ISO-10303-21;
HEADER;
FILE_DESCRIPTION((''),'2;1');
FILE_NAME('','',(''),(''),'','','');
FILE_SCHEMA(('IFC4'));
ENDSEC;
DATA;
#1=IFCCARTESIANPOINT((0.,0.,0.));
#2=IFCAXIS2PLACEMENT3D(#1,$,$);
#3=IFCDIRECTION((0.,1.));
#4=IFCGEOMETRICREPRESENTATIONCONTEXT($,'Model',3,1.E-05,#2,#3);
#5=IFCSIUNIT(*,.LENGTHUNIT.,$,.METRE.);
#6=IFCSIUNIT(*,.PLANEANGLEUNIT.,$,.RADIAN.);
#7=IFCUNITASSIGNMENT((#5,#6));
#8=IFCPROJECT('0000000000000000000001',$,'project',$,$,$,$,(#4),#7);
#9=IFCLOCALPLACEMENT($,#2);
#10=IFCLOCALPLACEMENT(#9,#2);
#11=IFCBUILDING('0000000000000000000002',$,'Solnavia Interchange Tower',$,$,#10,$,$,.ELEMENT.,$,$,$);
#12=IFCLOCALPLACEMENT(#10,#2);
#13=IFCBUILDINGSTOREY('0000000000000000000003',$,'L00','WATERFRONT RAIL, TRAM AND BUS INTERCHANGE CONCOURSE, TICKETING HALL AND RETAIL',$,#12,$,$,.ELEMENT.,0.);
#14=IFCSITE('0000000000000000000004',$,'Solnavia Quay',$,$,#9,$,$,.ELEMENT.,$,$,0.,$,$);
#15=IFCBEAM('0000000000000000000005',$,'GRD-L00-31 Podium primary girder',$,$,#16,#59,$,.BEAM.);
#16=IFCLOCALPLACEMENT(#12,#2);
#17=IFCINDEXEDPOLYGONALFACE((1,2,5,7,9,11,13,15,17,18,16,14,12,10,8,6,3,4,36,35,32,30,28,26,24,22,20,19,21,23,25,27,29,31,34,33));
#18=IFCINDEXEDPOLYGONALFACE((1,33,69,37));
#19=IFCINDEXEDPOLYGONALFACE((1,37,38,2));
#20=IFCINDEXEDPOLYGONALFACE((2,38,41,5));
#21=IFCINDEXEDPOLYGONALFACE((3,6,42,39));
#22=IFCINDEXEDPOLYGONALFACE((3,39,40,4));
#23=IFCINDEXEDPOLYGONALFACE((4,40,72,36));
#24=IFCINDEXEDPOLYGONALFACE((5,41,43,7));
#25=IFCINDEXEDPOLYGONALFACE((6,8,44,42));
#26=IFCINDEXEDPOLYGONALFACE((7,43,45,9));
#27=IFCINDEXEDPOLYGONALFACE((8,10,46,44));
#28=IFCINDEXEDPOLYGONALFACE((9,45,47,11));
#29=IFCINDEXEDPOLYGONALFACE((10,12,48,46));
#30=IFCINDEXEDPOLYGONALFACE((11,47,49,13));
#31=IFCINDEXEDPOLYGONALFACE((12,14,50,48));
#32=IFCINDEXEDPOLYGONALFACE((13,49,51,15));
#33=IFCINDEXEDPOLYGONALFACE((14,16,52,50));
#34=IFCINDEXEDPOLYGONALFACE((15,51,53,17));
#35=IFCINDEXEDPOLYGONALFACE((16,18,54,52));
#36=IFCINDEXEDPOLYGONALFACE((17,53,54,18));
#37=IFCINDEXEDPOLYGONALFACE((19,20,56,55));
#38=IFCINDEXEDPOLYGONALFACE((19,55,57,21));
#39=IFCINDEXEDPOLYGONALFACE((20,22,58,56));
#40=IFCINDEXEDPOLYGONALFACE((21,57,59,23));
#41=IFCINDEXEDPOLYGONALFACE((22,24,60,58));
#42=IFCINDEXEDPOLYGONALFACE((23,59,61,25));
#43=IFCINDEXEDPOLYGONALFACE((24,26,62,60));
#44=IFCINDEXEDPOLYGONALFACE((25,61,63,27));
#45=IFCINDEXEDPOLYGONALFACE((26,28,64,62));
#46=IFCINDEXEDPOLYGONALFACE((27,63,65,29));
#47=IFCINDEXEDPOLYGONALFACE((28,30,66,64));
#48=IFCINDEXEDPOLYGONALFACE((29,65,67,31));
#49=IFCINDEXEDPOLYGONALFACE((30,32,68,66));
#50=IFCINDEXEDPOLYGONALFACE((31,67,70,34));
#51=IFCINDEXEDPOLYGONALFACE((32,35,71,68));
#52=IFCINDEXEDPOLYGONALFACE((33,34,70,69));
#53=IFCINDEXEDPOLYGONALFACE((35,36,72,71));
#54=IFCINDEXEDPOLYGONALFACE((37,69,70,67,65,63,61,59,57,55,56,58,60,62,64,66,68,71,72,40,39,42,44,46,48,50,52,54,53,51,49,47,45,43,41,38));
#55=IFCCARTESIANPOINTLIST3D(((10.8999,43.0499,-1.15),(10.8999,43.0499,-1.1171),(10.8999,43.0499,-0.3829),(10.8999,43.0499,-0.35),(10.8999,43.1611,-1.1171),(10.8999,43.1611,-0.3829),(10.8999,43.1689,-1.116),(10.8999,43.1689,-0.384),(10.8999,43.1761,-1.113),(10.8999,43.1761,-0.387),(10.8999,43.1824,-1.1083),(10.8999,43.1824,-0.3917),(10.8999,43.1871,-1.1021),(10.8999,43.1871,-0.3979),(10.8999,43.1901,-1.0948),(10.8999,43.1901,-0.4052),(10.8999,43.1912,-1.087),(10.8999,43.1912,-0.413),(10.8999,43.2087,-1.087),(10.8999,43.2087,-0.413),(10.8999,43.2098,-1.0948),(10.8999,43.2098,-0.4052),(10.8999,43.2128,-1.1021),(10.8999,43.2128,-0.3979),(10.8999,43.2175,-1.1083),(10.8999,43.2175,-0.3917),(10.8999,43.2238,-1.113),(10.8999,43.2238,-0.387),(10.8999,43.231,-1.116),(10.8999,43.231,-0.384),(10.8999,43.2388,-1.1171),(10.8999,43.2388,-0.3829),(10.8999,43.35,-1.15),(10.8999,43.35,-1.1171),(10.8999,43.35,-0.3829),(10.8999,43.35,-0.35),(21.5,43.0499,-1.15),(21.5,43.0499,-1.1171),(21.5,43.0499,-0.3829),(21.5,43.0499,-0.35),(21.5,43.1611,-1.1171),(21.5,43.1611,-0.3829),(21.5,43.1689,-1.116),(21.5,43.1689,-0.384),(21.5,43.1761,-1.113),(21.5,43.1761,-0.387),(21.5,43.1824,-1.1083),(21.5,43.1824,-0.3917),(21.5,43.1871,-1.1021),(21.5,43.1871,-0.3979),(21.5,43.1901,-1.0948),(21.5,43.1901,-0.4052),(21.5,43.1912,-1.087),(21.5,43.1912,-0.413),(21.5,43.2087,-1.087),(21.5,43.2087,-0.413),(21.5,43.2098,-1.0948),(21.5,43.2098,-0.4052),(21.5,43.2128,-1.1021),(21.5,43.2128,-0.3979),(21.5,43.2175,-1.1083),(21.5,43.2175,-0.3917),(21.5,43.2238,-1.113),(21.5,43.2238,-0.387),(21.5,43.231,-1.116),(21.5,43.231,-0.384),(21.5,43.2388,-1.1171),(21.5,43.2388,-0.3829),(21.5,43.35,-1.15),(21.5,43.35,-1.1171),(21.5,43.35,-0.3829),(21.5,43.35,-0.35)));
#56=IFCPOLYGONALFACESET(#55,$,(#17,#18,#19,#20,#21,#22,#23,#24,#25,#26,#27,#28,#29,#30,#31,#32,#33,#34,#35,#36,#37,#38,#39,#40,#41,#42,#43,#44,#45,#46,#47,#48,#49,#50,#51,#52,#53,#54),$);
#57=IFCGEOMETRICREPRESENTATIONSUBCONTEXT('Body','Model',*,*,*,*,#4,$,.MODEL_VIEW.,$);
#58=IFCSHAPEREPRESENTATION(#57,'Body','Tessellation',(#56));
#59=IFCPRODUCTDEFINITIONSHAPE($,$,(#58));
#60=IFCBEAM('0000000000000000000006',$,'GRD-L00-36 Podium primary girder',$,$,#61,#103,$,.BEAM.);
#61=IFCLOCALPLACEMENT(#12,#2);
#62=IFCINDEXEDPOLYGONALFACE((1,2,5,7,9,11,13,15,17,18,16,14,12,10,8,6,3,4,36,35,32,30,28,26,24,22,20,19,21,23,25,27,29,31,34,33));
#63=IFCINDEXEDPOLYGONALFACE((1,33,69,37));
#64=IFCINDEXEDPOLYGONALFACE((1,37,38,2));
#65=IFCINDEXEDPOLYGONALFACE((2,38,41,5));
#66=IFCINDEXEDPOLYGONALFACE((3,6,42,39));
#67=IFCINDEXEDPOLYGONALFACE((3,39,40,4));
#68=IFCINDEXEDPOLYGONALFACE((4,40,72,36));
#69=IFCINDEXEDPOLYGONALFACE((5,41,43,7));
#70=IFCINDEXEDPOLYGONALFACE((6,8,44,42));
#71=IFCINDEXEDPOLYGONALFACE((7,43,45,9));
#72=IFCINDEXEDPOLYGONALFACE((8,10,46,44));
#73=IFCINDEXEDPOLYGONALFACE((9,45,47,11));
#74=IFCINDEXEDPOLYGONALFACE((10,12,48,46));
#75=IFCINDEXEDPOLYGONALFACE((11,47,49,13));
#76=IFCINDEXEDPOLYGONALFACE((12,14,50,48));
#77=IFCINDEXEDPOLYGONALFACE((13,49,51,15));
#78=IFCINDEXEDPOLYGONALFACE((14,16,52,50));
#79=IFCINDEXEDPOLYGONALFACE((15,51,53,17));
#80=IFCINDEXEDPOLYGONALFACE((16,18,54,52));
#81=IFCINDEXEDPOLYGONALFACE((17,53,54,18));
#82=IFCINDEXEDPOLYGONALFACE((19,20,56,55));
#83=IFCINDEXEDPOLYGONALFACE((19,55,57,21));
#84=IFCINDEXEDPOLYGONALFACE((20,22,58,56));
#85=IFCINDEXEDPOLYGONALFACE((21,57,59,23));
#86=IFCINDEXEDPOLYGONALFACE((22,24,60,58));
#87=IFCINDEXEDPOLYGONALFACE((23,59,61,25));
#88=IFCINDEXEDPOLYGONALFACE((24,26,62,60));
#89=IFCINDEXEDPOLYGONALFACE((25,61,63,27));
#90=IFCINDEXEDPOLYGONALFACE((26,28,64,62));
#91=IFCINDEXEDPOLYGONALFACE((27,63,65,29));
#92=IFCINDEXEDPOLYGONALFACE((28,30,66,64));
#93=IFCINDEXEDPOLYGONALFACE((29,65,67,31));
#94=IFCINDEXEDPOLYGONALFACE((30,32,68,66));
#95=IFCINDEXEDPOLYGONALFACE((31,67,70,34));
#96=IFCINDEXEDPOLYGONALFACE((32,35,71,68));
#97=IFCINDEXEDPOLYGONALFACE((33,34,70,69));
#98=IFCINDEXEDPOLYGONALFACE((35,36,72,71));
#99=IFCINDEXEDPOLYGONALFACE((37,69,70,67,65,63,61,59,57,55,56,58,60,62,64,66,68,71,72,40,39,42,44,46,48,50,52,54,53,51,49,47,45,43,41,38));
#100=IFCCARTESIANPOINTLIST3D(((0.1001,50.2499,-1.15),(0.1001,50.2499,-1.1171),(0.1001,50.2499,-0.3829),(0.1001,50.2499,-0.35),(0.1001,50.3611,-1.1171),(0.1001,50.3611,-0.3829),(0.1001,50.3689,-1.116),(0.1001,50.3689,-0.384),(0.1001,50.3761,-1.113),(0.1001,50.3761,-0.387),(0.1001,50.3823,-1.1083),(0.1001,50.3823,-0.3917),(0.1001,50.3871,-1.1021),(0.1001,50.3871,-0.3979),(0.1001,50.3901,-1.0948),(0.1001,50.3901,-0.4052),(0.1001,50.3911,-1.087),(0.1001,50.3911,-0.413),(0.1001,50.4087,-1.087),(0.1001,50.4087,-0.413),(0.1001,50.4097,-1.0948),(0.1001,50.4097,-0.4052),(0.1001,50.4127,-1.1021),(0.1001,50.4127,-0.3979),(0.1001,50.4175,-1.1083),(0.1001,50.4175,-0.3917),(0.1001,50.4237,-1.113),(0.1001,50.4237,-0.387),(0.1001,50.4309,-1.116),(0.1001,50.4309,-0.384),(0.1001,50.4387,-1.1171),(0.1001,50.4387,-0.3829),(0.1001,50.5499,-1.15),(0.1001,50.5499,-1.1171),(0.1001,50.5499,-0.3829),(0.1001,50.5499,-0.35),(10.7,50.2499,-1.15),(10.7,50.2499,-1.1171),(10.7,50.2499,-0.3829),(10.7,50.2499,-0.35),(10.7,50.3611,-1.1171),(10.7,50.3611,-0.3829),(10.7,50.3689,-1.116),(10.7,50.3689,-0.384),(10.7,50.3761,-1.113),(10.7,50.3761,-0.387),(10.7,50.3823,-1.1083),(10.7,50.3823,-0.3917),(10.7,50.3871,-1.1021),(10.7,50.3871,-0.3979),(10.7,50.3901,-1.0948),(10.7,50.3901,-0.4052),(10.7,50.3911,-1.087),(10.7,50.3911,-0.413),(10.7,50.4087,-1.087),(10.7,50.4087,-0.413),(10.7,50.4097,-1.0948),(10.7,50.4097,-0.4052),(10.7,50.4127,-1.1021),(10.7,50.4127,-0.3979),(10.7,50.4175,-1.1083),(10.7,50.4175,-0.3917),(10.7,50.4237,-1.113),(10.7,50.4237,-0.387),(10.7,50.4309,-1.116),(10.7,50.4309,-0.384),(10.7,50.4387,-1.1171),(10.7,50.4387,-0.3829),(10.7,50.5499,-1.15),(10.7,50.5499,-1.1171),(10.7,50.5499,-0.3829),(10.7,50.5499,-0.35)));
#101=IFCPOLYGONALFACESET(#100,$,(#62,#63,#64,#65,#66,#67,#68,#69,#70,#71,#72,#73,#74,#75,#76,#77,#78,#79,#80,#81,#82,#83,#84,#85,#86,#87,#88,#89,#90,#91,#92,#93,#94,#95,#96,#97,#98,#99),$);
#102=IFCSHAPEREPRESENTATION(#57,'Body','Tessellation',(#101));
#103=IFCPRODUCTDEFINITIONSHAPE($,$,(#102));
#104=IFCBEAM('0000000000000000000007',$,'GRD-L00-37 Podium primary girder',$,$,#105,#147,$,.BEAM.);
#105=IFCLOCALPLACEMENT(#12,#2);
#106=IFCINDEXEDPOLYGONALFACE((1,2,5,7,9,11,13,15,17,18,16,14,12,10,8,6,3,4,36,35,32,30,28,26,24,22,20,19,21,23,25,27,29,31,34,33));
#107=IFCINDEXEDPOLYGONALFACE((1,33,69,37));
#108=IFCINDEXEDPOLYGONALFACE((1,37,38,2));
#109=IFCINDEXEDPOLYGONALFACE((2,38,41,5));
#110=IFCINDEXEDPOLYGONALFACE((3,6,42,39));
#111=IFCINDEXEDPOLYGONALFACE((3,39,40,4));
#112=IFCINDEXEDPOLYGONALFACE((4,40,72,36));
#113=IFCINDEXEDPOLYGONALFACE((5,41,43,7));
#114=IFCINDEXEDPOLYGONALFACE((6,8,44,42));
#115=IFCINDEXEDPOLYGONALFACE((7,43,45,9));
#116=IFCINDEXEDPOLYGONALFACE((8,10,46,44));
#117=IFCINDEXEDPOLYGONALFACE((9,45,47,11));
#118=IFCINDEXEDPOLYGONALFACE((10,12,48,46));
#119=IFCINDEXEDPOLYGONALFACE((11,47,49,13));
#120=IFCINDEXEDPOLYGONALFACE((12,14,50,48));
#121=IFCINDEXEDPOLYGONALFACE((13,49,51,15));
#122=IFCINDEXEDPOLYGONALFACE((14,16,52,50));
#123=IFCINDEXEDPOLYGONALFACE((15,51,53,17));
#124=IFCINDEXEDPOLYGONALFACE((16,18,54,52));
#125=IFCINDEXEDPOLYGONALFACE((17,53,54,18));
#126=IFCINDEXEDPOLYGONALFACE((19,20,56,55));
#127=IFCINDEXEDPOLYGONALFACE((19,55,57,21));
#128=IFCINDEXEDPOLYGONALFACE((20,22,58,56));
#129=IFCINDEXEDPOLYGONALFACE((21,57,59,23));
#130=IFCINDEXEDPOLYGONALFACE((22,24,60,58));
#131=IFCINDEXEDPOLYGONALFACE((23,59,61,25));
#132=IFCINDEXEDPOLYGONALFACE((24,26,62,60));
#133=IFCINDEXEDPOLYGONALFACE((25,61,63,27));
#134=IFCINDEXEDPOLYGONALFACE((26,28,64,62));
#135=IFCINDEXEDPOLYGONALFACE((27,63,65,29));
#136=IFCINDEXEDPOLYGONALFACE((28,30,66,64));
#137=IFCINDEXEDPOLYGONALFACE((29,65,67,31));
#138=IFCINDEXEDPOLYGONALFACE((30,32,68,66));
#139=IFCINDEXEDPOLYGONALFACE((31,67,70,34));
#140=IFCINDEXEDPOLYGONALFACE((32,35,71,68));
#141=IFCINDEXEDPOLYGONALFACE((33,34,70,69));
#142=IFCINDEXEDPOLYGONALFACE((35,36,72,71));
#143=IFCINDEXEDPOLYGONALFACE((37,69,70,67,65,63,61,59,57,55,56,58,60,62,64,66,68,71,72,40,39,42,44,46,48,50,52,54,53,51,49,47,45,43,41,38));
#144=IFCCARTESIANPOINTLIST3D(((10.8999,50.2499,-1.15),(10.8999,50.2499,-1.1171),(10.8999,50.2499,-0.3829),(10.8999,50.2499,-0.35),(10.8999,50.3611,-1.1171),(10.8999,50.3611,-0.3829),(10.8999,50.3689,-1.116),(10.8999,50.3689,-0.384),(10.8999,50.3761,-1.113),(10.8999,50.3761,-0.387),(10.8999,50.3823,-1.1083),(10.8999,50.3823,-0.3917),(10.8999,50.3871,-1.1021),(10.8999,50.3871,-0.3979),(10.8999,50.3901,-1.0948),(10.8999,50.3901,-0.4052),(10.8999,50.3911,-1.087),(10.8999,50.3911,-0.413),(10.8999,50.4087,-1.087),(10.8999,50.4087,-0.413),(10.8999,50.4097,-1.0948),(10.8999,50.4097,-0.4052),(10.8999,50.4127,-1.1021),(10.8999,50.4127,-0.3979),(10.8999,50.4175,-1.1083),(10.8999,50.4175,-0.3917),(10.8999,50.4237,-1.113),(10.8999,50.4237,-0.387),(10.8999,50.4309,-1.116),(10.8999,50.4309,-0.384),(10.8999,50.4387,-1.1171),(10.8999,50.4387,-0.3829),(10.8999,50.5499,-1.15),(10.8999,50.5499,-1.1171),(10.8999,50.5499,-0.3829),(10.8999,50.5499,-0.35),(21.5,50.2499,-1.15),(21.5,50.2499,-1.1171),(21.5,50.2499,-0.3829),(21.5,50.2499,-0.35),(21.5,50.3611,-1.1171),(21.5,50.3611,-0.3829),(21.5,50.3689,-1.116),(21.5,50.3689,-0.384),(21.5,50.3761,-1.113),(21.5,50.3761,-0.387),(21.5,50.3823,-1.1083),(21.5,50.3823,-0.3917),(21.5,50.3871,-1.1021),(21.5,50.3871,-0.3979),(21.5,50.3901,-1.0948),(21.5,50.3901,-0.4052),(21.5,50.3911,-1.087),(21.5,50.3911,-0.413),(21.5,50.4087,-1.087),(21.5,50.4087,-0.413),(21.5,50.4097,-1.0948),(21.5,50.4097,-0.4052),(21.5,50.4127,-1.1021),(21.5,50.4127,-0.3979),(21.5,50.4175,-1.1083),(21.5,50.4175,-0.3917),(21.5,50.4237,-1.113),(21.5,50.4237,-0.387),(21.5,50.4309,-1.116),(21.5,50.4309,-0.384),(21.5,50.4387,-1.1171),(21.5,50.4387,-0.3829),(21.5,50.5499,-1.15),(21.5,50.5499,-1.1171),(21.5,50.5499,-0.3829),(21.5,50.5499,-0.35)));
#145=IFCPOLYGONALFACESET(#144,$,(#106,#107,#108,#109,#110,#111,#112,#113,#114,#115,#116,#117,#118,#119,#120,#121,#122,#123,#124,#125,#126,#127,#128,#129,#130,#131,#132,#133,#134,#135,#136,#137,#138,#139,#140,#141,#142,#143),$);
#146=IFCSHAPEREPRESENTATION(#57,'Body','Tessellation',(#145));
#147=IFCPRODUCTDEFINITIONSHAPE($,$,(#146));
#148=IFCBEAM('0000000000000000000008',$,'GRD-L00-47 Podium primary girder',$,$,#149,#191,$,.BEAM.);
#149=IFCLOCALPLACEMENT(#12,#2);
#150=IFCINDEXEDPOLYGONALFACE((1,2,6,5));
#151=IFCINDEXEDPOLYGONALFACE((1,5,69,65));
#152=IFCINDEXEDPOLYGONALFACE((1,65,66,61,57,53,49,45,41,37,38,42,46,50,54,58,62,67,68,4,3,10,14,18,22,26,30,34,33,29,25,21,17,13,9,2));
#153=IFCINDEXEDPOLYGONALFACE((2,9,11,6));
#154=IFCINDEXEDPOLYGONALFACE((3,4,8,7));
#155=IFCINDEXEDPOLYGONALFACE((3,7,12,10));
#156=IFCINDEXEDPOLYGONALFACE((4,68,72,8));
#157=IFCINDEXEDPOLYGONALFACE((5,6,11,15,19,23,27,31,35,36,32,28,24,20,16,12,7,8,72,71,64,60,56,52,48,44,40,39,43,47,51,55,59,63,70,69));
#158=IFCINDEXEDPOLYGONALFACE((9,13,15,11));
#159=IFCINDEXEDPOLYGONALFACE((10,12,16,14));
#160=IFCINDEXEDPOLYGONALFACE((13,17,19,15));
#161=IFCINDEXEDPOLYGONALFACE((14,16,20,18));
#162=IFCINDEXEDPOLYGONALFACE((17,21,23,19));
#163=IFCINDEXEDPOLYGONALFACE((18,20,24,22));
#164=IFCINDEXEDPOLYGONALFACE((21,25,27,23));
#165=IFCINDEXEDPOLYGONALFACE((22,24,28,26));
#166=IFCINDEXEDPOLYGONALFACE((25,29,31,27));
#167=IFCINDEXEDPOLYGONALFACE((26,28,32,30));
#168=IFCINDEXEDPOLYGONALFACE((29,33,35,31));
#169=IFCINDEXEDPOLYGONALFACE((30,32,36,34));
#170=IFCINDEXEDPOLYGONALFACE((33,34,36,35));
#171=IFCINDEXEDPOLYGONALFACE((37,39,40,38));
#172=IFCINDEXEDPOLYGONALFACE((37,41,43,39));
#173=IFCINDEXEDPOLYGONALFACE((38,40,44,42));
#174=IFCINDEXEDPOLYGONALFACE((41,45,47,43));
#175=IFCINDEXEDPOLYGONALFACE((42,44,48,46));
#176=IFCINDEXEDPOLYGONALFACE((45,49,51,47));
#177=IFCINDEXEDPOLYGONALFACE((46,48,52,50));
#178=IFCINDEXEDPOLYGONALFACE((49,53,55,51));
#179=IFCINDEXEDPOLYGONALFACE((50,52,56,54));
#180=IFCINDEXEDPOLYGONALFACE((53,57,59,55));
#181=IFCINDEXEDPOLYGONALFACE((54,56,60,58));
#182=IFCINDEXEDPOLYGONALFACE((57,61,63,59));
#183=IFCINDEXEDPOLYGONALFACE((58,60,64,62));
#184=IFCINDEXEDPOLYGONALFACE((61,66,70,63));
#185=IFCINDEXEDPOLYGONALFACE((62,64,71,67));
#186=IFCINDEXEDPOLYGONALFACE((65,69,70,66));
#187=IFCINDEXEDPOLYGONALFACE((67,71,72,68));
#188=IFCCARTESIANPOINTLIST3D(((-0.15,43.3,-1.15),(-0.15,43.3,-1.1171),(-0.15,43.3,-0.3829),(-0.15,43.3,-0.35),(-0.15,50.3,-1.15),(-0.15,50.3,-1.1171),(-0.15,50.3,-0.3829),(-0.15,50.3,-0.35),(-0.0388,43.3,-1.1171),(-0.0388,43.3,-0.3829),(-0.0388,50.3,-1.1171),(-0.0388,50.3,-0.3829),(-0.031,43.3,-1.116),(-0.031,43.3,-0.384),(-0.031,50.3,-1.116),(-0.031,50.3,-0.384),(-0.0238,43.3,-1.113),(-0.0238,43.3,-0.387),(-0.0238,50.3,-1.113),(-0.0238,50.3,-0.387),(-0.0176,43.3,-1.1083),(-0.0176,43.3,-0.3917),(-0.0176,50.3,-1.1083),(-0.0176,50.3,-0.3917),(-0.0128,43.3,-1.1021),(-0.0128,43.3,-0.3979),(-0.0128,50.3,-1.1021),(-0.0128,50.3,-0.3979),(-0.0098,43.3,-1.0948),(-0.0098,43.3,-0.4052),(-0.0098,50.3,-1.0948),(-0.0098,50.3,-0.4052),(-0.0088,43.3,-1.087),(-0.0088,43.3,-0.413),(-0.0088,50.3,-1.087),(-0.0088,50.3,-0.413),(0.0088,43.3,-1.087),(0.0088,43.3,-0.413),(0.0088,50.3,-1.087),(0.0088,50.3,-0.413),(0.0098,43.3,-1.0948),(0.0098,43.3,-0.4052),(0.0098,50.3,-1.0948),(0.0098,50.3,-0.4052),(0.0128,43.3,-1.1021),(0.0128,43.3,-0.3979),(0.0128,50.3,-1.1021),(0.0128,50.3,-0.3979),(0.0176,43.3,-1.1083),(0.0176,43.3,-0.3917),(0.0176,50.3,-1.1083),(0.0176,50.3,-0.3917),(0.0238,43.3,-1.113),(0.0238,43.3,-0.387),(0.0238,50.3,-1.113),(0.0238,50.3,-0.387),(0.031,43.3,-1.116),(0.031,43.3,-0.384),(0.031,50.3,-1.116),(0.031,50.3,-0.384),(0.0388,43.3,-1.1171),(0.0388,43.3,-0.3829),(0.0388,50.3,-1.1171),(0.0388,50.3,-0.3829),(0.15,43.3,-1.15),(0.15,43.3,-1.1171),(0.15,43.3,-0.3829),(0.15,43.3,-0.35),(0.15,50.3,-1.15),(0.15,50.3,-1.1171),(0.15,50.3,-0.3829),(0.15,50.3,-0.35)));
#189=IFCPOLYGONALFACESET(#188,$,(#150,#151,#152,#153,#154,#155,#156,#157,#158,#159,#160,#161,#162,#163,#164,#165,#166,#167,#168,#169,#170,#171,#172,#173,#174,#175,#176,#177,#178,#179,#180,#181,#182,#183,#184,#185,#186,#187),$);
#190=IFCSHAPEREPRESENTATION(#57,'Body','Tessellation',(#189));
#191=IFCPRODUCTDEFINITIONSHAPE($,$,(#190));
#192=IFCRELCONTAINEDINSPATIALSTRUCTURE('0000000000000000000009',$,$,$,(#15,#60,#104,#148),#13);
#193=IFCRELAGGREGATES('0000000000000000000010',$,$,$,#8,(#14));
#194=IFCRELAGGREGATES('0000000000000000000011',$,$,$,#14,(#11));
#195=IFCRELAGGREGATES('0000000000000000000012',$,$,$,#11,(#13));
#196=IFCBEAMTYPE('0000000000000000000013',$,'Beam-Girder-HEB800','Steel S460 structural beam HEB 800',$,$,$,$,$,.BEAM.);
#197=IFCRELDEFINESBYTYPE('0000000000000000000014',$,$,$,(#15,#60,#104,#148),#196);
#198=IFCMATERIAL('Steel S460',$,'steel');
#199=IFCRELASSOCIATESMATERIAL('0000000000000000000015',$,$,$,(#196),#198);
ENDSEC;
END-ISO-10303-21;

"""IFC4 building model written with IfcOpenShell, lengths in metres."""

from ifc_helpers import new_model, si_unit, direction, frame, origin, origin_2d, place, context, subcontext, project, spatial, i_section, extrude, material, material_profile, profile_set, type_object, element, save


model = new_model("IFC4")

# Units and contexts
model_context = context("Model", 3, precision=1e-05, world=origin(), true_north=direction((0.0, 1.0)))
body_context = subcontext(model_context, "Body", "Model", "MODEL_VIEW")
ifc_project = project(units=[si_unit("LENGTHUNIT", "METRE"), si_unit("PLANEANGLEUNIT", "RADIAN")], contexts=[model_context])

# Site, building, storey
site_placement = place(None, origin())
site = spatial("IfcSite", under=ifc_project, at=site_placement, Name="Solnavia Quay", CompositionType="ELEMENT", RefElevation=0.0)
building_placement = place(site_placement, origin())
building = spatial("IfcBuilding", under=site, at=building_placement, Name="Solnavia Interchange Tower", CompositionType="ELEMENT")
storey_placement = place(building_placement, origin())
storey = spatial("IfcBuildingStorey", under=building, at=storey_placement, Name="L00", Description="WATERFRONT RAIL, TRAM AND BUS INTERCHANGE CONCOURSE, TICKETING HALL AND RETAIL", CompositionType="ELEMENT", Elevation=0.0)

# Beams
ifc_material_1 = material(Name="Steel S460", Category="steel")
ifc_material_profile_1 = material_profile(ifc_material_1, i_section(OverallWidth=0.3, OverallDepth=0.8, WebThickness=0.0176, FlangeThickness=0.033, FilletRadius=0.03, at=origin_2d()), Name="HEB 800")
ifc_profile_set_1 = profile_set([ifc_material_profile_1], Name="Steel S460")
beam_type_1 = type_object("IfcBeamType", Name="Beam-Girder-HEB800", Description="Steel S460 structural beam HEB 800", PredefinedType="BEAM", material=ifc_profile_set_1)
beam_1_placement = place(storey_placement, frame((10.8999, 43.2, -0.75), z_axis=(1.0, 0.0, 0.0), x_axis=(0.0, 1.0, 0.0)))
element("IfcBeam", 1, at=beam_1_placement, inside=storey, type_object=beam_type_1, Name="GRD-L00-31 Podium primary girder", PredefinedType="BEAM", context=body_context, shape_type="SweptSolid", body=[
    extrude(i_section(OverallWidth=0.3, OverallDepth=0.8, WebThickness=0.0176, FlangeThickness=0.033, FilletRadius=0.03, at=origin_2d()), origin(), (0.0, 0.0, 1.0), 10.6001),
])
beam_2_placement = place(storey_placement, frame((0.1001, 50.3999, -0.75), z_axis=(1.0, 0.0, 0.0), x_axis=(0.0, 1.0, 0.0)))
element("IfcBeam", 2, at=beam_2_placement, inside=storey, type_object=beam_type_1, Name="GRD-L00-36 Podium primary girder", PredefinedType="BEAM", context=body_context, shape_type="SweptSolid", body=[
    extrude(i_section(OverallWidth=0.3, OverallDepth=0.8, WebThickness=0.0176, FlangeThickness=0.033, FilletRadius=0.03, at=origin_2d()), origin(), (0.0, 0.0, 1.0), 10.5999),
])
beam_3_placement = place(storey_placement, frame((10.8999, 50.3999, -0.75), z_axis=(1.0, 0.0, 0.0), x_axis=(0.0, 1.0, 0.0)))
element("IfcBeam", 3, at=beam_3_placement, inside=storey, type_object=beam_type_1, Name="GRD-L00-37 Podium primary girder", PredefinedType="BEAM", context=body_context, shape_type="SweptSolid", body=[
    extrude(i_section(OverallWidth=0.3, OverallDepth=0.8, WebThickness=0.0176, FlangeThickness=0.033, FilletRadius=0.03, at=origin_2d()), origin(), (0.0, 0.0, 1.0), 10.6001),
])
beam_4_placement = place(storey_placement, frame((0.0, 43.3, -0.75), z_axis=(0.0, 1.0, 0.0), x_axis=(-1.0, 0.0, 0.0)))
element("IfcBeam", 4, at=beam_4_placement, inside=storey, type_object=beam_type_1, Name="GRD-L00-47 Podium primary girder", PredefinedType="BEAM", context=body_context, shape_type="SweptSolid", body=[
    extrude(i_section(OverallWidth=0.3, OverallDepth=0.8, WebThickness=0.0176, FlangeThickness=0.033, FilletRadius=0.03, at=origin_2d()), origin(), (0.0, 0.0, 1.0), 7.0),
])

save(model, "model.ifc")
